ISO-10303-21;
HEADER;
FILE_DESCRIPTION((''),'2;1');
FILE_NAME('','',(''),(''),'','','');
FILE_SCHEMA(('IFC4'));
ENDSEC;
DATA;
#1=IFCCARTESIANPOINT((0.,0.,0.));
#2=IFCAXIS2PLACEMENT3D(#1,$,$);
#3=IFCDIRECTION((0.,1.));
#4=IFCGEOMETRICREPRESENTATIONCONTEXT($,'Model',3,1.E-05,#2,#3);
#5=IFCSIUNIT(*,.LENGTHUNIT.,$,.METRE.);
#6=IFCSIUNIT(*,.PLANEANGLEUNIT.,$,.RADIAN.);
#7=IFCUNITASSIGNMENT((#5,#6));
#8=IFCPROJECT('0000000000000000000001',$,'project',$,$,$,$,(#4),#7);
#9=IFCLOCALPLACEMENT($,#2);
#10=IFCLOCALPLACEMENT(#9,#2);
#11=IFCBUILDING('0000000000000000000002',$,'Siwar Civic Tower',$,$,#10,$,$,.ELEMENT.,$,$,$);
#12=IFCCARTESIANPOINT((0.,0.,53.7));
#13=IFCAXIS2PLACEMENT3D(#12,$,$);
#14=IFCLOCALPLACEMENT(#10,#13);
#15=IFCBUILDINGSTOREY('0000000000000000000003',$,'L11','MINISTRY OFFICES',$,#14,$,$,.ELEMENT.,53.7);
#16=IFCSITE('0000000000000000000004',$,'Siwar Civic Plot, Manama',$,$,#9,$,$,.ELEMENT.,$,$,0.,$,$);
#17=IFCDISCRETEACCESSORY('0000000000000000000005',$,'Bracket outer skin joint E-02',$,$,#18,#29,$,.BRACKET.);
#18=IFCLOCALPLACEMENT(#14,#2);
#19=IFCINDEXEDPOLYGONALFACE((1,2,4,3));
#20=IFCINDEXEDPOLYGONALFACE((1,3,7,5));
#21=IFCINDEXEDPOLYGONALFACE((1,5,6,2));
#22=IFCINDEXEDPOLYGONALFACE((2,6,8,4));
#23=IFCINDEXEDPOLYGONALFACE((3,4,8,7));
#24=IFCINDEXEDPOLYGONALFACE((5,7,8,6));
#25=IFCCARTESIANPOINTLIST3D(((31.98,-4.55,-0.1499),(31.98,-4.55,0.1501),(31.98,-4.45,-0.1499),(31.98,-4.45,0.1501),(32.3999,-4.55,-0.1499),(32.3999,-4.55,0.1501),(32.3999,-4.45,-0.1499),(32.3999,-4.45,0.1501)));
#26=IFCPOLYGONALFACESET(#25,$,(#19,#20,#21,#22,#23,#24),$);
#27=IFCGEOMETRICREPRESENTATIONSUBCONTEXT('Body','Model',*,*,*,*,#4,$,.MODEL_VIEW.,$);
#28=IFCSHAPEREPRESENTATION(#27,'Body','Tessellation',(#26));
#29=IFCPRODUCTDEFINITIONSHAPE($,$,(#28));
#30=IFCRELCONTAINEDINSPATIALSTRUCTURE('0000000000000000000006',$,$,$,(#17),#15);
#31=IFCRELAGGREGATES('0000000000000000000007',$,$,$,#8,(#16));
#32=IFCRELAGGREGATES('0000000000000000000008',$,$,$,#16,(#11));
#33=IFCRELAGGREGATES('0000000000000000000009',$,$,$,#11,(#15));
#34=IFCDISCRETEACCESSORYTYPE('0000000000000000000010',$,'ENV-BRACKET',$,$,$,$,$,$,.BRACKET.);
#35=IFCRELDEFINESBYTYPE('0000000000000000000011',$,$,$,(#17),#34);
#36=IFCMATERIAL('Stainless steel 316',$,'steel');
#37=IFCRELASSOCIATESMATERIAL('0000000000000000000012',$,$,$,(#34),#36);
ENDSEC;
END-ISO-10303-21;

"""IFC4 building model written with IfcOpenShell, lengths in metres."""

from ifc_helpers import new_model, si_unit, direction, frame, origin, origin_2d, place, context, subcontext, project, spatial, rectangle, extrude, material, type_object, element, save


model = new_model("IFC4")

# Units and contexts
model_context = context("Model", 3, precision=1e-05, world=origin(), true_north=direction((0.0, 1.0)))
body_context = subcontext(model_context, "Body", "Model", "MODEL_VIEW")
ifc_project = project(units=[si_unit("LENGTHUNIT", "METRE"), si_unit("PLANEANGLEUNIT", "RADIAN")], contexts=[model_context])

# Site, building, storey
site_placement = place(None, origin())
site = spatial("IfcSite", under=ifc_project, at=site_placement, Name="Siwar Civic Plot, Manama", CompositionType="ELEMENT", RefElevation=0.0)
building_placement = place(site_placement, origin())
building = spatial("IfcBuilding", under=site, at=building_placement, Name="Siwar Civic Tower", CompositionType="ELEMENT")
storey_placement = place(building_placement, frame((0.0, 0.0, 53.7)))
storey = spatial("IfcBuildingStorey", under=building, at=storey_placement, Name="L11", Description="MINISTRY OFFICES", CompositionType="ELEMENT", Elevation=53.7)

# Discrete accessory
ifc_material_1 = material(Name="Stainless steel 316", Category="steel")
discrete_accessory_type = type_object("IfcDiscreteAccessoryType", Name="ENV-BRACKET", PredefinedType="BRACKET", material=ifc_material_1)
discrete_accessory_placement = place(storey_placement, frame((32.1899, -4.5, -0.1499), z_axis=(0.0, 0.0, 1.0), x_axis=(1.0, 0.0, 0.0)))
element("IfcDiscreteAccessory", 1, at=discrete_accessory_placement, inside=storey, type_object=discrete_accessory_type, Name="Bracket outer skin joint E-02", PredefinedType="BRACKET", context=body_context, shape_type="SweptSolid", body=[
    extrude(rectangle(XDim=0.4199, YDim=0.1001, at=origin_2d()), origin(), (0.0, 0.0, 1.0), 0.3),
])

save(model, "model.ifc")
